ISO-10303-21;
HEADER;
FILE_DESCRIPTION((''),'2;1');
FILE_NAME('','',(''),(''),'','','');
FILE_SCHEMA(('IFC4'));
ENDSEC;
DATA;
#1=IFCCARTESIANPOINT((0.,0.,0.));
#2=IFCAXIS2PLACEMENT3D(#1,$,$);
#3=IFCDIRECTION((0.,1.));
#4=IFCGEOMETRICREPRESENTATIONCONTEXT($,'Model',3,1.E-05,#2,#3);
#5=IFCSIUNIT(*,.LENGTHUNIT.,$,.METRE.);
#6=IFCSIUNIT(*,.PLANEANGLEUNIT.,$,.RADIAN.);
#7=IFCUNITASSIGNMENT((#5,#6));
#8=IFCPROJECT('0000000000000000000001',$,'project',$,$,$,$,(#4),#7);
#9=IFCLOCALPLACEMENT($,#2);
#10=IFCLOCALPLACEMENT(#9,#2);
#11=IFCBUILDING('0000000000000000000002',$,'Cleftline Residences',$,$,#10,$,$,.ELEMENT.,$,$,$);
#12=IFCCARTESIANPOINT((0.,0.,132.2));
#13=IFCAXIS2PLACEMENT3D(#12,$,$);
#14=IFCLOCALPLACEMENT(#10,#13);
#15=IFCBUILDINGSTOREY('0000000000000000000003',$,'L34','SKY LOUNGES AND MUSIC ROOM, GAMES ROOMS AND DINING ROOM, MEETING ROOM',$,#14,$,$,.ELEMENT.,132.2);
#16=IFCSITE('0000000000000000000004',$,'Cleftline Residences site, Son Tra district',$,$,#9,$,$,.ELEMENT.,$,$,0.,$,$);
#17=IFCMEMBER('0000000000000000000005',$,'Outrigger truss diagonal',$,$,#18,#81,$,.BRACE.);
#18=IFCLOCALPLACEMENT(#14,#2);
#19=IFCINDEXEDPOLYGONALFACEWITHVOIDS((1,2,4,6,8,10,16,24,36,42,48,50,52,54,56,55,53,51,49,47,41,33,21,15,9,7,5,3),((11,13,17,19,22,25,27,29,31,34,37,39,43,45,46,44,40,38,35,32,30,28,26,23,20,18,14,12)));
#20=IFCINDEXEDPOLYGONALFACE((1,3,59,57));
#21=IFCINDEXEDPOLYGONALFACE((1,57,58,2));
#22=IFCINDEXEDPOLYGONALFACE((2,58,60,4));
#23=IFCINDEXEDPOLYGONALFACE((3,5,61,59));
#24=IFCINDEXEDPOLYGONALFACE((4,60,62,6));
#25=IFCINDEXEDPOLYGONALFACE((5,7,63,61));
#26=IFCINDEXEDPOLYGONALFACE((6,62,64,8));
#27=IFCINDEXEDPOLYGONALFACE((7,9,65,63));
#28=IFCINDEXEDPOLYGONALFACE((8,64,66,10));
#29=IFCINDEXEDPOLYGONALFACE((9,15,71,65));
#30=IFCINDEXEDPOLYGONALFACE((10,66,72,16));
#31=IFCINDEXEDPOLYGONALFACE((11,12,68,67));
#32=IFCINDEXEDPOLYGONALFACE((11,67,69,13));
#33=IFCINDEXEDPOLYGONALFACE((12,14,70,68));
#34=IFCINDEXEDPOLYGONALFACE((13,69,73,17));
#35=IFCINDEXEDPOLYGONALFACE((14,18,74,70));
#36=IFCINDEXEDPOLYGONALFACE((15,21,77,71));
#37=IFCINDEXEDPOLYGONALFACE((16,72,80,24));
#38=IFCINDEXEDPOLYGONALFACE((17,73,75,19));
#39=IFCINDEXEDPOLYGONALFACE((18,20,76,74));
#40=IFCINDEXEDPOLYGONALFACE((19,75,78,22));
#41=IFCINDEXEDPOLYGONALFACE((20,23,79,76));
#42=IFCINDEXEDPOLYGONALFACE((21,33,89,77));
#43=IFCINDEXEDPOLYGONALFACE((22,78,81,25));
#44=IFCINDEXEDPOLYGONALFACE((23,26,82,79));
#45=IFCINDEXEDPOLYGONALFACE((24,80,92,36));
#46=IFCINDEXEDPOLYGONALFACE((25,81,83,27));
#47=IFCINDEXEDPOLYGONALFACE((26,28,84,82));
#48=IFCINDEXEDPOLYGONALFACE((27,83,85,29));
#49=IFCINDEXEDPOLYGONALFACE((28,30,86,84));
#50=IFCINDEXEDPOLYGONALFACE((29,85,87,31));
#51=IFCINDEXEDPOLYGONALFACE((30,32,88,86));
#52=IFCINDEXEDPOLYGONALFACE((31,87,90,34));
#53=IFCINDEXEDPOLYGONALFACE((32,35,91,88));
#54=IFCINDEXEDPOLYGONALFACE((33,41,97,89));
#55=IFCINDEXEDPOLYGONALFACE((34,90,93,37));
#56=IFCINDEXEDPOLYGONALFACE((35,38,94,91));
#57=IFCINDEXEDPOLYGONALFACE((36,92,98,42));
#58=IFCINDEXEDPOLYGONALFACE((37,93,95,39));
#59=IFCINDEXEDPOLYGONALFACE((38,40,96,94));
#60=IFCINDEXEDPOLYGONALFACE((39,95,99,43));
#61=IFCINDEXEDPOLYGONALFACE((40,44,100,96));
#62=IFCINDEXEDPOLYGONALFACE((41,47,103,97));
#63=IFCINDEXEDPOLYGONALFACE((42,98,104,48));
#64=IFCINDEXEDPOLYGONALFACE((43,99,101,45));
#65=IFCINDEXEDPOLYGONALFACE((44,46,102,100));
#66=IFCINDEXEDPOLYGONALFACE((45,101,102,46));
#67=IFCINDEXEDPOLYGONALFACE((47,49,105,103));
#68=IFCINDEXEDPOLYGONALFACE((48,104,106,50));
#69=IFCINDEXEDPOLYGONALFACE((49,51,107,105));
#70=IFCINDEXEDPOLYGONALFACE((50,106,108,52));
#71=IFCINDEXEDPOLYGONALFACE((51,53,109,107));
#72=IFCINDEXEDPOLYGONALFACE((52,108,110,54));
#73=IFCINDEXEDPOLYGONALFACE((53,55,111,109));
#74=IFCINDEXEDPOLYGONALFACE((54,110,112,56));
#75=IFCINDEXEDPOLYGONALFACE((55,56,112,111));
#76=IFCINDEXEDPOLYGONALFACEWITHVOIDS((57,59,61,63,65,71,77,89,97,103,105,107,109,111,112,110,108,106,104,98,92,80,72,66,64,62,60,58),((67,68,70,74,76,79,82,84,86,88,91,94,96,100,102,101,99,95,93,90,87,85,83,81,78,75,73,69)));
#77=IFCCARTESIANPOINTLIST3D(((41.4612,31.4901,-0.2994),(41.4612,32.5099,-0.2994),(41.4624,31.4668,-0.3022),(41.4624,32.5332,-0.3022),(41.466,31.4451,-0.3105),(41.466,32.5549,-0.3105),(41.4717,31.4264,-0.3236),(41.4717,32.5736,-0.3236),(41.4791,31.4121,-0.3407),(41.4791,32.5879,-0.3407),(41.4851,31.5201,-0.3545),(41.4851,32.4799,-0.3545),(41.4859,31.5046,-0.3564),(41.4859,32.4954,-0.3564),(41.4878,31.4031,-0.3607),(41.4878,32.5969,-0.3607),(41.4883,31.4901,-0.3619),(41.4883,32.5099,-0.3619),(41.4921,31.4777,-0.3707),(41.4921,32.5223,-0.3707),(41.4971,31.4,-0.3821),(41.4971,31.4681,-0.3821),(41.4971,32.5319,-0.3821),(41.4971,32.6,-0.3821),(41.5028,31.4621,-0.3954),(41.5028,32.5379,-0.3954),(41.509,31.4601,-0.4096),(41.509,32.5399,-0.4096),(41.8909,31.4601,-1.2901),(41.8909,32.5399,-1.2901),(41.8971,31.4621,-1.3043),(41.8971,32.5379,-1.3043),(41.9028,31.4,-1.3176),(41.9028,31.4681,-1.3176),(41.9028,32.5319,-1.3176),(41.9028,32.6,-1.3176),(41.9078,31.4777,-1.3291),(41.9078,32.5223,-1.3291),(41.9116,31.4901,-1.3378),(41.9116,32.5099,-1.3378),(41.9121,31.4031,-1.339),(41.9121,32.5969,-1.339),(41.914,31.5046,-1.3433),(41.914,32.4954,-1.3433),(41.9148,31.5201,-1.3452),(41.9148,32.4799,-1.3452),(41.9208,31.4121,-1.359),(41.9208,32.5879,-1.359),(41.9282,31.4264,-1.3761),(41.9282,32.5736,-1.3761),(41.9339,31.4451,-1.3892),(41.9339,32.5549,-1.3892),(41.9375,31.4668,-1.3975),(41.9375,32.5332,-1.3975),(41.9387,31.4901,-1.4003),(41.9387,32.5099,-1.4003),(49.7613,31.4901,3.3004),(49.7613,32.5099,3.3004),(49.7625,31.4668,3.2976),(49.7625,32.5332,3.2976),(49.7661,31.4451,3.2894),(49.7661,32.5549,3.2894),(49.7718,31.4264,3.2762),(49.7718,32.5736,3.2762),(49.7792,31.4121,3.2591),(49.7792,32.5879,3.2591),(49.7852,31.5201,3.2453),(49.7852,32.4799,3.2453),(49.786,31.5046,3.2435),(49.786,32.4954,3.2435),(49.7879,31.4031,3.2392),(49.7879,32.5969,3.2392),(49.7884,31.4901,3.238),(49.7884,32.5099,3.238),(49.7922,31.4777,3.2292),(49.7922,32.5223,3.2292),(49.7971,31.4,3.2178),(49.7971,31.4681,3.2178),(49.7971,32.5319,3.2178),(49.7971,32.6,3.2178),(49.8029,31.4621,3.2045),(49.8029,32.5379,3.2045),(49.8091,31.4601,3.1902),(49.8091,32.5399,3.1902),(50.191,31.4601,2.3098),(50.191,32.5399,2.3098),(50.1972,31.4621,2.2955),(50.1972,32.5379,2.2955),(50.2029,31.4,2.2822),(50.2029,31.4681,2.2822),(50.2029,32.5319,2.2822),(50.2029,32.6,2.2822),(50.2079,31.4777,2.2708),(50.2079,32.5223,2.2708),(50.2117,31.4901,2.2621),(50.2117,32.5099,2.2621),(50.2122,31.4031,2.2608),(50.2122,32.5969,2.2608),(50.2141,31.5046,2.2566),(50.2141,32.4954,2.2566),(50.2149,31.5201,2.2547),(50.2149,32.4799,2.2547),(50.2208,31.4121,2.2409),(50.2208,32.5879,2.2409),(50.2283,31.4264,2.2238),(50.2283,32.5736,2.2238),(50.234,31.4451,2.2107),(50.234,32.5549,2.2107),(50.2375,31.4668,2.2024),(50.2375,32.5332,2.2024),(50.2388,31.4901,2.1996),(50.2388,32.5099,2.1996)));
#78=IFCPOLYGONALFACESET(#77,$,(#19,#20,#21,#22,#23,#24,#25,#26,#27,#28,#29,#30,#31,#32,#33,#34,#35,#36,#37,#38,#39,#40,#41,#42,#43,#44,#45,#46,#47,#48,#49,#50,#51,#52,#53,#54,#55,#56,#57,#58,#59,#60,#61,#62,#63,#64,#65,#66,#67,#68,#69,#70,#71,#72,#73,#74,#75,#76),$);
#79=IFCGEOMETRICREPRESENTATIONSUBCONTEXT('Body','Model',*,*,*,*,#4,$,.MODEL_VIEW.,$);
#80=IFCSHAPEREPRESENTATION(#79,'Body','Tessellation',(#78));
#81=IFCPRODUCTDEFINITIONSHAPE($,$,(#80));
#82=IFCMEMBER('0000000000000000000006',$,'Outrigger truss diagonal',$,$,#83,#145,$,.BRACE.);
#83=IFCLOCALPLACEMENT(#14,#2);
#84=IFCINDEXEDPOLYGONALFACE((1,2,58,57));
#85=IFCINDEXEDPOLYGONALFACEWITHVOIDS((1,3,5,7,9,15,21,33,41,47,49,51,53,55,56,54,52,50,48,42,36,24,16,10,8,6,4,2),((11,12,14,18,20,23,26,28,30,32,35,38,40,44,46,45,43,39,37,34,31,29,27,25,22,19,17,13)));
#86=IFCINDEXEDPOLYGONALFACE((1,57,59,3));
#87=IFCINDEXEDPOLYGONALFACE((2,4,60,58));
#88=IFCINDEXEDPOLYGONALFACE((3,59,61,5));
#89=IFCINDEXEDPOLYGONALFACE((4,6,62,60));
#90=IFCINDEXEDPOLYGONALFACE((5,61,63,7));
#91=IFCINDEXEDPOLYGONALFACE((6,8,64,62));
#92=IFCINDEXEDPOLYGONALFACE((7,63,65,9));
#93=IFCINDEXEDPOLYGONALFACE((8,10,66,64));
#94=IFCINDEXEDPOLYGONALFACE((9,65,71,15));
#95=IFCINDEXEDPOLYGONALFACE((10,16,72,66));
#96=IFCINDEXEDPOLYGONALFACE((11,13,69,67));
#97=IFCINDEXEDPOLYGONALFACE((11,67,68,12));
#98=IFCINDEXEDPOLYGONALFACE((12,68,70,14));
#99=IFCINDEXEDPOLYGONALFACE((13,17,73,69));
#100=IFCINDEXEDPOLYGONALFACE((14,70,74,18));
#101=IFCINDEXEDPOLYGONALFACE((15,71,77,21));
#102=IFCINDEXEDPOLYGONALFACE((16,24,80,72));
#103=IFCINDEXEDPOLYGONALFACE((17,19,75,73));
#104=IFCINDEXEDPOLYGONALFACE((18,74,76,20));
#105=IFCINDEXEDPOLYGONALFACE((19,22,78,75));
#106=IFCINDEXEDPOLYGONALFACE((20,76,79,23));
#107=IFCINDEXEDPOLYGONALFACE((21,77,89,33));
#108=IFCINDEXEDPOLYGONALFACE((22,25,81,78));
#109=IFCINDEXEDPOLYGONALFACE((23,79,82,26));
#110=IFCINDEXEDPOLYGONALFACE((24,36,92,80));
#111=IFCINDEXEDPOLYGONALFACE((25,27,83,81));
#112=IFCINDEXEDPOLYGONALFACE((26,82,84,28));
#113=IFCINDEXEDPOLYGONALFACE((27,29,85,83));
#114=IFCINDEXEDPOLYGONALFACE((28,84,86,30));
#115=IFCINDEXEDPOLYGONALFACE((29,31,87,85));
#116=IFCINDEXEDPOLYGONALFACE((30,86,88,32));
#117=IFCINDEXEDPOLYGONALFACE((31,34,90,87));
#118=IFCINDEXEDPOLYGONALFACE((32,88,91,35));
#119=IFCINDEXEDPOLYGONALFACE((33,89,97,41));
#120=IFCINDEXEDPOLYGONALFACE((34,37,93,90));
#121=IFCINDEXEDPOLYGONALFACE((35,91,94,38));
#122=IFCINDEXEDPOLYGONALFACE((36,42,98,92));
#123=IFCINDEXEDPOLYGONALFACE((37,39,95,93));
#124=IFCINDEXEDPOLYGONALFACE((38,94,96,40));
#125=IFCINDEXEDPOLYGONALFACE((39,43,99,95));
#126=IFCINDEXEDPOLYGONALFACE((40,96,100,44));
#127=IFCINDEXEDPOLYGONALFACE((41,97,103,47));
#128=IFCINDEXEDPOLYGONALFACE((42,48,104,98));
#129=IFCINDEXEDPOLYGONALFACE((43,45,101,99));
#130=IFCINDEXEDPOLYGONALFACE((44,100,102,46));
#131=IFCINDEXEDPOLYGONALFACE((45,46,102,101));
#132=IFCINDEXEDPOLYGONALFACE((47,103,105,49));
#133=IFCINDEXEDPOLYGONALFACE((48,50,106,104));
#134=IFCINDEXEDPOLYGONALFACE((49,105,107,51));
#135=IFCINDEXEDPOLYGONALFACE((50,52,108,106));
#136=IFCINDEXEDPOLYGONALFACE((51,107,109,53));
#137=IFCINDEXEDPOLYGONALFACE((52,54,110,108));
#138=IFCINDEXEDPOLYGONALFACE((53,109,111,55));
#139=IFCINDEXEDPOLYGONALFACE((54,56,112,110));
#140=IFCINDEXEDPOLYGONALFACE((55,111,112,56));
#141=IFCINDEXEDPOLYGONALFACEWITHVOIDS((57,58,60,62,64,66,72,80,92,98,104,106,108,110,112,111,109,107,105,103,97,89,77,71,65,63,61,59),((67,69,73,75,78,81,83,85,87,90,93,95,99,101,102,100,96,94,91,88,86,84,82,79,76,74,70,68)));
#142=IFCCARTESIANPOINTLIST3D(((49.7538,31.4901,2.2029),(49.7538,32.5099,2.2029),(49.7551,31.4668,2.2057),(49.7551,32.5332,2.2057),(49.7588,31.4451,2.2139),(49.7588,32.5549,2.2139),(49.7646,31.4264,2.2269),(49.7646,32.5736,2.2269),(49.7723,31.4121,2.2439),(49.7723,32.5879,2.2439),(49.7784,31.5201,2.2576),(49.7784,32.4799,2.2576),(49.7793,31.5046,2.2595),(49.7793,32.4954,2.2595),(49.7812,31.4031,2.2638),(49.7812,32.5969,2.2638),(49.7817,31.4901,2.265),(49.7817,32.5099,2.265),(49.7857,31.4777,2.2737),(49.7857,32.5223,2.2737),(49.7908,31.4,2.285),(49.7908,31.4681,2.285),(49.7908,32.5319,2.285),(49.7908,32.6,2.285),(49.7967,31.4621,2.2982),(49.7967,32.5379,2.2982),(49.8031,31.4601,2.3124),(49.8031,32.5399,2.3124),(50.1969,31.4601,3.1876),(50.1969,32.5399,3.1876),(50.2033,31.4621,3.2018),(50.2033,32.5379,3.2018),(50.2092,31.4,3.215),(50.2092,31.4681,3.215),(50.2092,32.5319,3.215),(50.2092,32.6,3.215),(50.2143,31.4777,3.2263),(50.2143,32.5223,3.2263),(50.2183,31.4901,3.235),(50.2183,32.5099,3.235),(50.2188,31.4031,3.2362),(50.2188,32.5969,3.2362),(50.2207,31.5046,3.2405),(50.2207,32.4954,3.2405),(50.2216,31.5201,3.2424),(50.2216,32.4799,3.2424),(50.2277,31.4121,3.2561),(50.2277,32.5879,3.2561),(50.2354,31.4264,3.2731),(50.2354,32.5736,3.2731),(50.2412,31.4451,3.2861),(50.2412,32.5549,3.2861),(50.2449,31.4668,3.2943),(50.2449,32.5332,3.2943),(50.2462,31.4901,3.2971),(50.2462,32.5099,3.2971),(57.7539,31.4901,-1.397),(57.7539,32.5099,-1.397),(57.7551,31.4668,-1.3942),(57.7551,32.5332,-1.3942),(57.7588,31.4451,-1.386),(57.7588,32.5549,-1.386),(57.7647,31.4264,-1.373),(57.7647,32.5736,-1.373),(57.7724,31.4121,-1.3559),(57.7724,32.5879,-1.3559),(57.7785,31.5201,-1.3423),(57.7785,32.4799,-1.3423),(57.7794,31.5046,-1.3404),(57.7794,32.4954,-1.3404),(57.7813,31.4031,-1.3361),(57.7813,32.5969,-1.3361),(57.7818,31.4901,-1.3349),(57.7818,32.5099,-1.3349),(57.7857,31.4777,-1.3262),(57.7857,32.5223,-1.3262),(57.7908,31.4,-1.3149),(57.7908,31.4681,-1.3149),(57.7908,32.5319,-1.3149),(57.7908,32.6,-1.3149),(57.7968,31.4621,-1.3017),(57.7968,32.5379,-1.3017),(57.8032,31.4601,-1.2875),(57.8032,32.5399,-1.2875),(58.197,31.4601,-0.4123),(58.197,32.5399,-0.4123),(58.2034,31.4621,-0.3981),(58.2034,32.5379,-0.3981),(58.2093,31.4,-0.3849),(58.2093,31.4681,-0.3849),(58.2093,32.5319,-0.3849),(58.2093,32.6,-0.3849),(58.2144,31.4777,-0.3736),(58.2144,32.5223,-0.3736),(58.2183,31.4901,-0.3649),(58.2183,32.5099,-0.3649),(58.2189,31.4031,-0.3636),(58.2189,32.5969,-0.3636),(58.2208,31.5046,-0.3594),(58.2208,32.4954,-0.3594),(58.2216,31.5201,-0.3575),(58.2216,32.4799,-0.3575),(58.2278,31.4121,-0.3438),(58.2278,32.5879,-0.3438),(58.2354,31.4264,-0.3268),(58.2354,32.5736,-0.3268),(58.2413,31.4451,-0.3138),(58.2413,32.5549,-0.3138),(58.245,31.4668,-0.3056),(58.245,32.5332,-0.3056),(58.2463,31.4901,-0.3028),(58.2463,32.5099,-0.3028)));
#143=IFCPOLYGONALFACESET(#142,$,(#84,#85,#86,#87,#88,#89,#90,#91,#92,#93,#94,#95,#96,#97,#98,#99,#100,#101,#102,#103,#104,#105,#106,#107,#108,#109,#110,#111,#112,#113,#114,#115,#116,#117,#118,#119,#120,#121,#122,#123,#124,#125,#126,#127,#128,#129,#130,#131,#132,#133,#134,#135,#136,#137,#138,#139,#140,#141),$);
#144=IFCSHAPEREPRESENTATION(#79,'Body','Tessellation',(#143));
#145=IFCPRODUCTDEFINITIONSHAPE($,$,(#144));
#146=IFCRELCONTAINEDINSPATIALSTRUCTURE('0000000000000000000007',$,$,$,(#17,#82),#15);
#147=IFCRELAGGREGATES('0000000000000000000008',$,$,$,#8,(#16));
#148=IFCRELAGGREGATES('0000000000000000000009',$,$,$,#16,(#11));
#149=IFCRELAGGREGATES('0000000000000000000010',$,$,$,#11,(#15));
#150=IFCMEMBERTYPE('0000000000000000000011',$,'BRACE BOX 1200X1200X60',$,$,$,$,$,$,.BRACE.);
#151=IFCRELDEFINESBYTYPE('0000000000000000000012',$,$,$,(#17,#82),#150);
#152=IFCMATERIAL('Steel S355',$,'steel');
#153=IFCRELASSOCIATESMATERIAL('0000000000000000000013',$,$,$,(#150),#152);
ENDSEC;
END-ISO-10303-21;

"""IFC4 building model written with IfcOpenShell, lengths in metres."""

from ifc_helpers import new_model, si_unit, direction, frame, origin, origin_2d, place, context, subcontext, project, spatial, hollow_rectangle, extrude, material, material_profile, profile_set, type_object, element, save


model = new_model("IFC4")

# Units and contexts
model_context = context("Model", 3, precision=1e-05, world=origin(), true_north=direction((0.0, 1.0)))
body_context = subcontext(model_context, "Body", "Model", "MODEL_VIEW")
ifc_project = project(units=[si_unit("LENGTHUNIT", "METRE"), si_unit("PLANEANGLEUNIT", "RADIAN")], contexts=[model_context])

# Site, building, storey
site_placement = place(None, origin())
site = spatial("IfcSite", under=ifc_project, at=site_placement, Name="Cleftline Residences site, Son Tra district", CompositionType="ELEMENT", RefElevation=0.0)
building_placement = place(site_placement, origin())
building = spatial("IfcBuilding", under=site, at=building_placement, Name="Cleftline Residences", CompositionType="ELEMENT")
storey_placement = place(building_placement, frame((0.0, 0.0, 132.2)))
storey = spatial("IfcBuildingStorey", under=building, at=storey_placement, Name="L34", Description="SKY LOUNGES AND MUSIC ROOM, GAMES ROOMS AND DINING ROOM, MEETING ROOM", CompositionType="ELEMENT", Elevation=132.2)

# Members
ifc_material_1 = material(Name="Steel S355", Category="steel")
ifc_material_profile_1 = material_profile(ifc_material_1, hollow_rectangle(XDim=1.2, YDim=1.2, WallThickness=0.0601, InnerFilletRadius=0.0601, OuterFilletRadius=0.0901, at=origin_2d()))
ifc_profile_set_1 = profile_set([ifc_material_profile_1], Name="Steel S355")
member_type_1 = type_object("IfcMemberType", Name="BRACE BOX 1200X1200X60", PredefinedType="BRACE", material=ifc_profile_set_1)
member_1_placement = place(storey_placement, frame((41.7, 32.0, -0.8499), z_axis=(0.917428, 0.0, 0.397902), x_axis=(-0.397902, 0.0, 0.917428)))
element("IfcMember", 1, at=member_1_placement, inside=storey, type_object=member_type_1, Name="Outrigger truss diagonal", PredefinedType="BRACE", context=body_context, shape_type="SweptSolid", body=[
    extrude(hollow_rectangle(XDim=1.2, YDim=1.2, WallThickness=0.0601, InnerFilletRadius=0.0601, OuterFilletRadius=0.0901, at=origin_2d()), origin(), (0.0, 0.0, 1.0), 9.0471),
])
member_2_placement = place(storey_placement, frame((50.0, 32.0, 2.75), z_axis=(0.911928, 0.0, -0.410351), x_axis=(0.410351, 0.0, 0.911928)))
element("IfcMember", 2, at=member_2_placement, inside=storey, type_object=member_type_1, Name="Outrigger truss diagonal", PredefinedType="BRACE", context=body_context, shape_type="SweptSolid", body=[
    extrude(hollow_rectangle(XDim=1.2, YDim=1.2, WallThickness=0.0601, InnerFilletRadius=0.0601, OuterFilletRadius=0.0901, at=origin_2d()), origin(), (0.0, 0.0, 1.0), 8.7727),
])

save(model, "model.ifc")
